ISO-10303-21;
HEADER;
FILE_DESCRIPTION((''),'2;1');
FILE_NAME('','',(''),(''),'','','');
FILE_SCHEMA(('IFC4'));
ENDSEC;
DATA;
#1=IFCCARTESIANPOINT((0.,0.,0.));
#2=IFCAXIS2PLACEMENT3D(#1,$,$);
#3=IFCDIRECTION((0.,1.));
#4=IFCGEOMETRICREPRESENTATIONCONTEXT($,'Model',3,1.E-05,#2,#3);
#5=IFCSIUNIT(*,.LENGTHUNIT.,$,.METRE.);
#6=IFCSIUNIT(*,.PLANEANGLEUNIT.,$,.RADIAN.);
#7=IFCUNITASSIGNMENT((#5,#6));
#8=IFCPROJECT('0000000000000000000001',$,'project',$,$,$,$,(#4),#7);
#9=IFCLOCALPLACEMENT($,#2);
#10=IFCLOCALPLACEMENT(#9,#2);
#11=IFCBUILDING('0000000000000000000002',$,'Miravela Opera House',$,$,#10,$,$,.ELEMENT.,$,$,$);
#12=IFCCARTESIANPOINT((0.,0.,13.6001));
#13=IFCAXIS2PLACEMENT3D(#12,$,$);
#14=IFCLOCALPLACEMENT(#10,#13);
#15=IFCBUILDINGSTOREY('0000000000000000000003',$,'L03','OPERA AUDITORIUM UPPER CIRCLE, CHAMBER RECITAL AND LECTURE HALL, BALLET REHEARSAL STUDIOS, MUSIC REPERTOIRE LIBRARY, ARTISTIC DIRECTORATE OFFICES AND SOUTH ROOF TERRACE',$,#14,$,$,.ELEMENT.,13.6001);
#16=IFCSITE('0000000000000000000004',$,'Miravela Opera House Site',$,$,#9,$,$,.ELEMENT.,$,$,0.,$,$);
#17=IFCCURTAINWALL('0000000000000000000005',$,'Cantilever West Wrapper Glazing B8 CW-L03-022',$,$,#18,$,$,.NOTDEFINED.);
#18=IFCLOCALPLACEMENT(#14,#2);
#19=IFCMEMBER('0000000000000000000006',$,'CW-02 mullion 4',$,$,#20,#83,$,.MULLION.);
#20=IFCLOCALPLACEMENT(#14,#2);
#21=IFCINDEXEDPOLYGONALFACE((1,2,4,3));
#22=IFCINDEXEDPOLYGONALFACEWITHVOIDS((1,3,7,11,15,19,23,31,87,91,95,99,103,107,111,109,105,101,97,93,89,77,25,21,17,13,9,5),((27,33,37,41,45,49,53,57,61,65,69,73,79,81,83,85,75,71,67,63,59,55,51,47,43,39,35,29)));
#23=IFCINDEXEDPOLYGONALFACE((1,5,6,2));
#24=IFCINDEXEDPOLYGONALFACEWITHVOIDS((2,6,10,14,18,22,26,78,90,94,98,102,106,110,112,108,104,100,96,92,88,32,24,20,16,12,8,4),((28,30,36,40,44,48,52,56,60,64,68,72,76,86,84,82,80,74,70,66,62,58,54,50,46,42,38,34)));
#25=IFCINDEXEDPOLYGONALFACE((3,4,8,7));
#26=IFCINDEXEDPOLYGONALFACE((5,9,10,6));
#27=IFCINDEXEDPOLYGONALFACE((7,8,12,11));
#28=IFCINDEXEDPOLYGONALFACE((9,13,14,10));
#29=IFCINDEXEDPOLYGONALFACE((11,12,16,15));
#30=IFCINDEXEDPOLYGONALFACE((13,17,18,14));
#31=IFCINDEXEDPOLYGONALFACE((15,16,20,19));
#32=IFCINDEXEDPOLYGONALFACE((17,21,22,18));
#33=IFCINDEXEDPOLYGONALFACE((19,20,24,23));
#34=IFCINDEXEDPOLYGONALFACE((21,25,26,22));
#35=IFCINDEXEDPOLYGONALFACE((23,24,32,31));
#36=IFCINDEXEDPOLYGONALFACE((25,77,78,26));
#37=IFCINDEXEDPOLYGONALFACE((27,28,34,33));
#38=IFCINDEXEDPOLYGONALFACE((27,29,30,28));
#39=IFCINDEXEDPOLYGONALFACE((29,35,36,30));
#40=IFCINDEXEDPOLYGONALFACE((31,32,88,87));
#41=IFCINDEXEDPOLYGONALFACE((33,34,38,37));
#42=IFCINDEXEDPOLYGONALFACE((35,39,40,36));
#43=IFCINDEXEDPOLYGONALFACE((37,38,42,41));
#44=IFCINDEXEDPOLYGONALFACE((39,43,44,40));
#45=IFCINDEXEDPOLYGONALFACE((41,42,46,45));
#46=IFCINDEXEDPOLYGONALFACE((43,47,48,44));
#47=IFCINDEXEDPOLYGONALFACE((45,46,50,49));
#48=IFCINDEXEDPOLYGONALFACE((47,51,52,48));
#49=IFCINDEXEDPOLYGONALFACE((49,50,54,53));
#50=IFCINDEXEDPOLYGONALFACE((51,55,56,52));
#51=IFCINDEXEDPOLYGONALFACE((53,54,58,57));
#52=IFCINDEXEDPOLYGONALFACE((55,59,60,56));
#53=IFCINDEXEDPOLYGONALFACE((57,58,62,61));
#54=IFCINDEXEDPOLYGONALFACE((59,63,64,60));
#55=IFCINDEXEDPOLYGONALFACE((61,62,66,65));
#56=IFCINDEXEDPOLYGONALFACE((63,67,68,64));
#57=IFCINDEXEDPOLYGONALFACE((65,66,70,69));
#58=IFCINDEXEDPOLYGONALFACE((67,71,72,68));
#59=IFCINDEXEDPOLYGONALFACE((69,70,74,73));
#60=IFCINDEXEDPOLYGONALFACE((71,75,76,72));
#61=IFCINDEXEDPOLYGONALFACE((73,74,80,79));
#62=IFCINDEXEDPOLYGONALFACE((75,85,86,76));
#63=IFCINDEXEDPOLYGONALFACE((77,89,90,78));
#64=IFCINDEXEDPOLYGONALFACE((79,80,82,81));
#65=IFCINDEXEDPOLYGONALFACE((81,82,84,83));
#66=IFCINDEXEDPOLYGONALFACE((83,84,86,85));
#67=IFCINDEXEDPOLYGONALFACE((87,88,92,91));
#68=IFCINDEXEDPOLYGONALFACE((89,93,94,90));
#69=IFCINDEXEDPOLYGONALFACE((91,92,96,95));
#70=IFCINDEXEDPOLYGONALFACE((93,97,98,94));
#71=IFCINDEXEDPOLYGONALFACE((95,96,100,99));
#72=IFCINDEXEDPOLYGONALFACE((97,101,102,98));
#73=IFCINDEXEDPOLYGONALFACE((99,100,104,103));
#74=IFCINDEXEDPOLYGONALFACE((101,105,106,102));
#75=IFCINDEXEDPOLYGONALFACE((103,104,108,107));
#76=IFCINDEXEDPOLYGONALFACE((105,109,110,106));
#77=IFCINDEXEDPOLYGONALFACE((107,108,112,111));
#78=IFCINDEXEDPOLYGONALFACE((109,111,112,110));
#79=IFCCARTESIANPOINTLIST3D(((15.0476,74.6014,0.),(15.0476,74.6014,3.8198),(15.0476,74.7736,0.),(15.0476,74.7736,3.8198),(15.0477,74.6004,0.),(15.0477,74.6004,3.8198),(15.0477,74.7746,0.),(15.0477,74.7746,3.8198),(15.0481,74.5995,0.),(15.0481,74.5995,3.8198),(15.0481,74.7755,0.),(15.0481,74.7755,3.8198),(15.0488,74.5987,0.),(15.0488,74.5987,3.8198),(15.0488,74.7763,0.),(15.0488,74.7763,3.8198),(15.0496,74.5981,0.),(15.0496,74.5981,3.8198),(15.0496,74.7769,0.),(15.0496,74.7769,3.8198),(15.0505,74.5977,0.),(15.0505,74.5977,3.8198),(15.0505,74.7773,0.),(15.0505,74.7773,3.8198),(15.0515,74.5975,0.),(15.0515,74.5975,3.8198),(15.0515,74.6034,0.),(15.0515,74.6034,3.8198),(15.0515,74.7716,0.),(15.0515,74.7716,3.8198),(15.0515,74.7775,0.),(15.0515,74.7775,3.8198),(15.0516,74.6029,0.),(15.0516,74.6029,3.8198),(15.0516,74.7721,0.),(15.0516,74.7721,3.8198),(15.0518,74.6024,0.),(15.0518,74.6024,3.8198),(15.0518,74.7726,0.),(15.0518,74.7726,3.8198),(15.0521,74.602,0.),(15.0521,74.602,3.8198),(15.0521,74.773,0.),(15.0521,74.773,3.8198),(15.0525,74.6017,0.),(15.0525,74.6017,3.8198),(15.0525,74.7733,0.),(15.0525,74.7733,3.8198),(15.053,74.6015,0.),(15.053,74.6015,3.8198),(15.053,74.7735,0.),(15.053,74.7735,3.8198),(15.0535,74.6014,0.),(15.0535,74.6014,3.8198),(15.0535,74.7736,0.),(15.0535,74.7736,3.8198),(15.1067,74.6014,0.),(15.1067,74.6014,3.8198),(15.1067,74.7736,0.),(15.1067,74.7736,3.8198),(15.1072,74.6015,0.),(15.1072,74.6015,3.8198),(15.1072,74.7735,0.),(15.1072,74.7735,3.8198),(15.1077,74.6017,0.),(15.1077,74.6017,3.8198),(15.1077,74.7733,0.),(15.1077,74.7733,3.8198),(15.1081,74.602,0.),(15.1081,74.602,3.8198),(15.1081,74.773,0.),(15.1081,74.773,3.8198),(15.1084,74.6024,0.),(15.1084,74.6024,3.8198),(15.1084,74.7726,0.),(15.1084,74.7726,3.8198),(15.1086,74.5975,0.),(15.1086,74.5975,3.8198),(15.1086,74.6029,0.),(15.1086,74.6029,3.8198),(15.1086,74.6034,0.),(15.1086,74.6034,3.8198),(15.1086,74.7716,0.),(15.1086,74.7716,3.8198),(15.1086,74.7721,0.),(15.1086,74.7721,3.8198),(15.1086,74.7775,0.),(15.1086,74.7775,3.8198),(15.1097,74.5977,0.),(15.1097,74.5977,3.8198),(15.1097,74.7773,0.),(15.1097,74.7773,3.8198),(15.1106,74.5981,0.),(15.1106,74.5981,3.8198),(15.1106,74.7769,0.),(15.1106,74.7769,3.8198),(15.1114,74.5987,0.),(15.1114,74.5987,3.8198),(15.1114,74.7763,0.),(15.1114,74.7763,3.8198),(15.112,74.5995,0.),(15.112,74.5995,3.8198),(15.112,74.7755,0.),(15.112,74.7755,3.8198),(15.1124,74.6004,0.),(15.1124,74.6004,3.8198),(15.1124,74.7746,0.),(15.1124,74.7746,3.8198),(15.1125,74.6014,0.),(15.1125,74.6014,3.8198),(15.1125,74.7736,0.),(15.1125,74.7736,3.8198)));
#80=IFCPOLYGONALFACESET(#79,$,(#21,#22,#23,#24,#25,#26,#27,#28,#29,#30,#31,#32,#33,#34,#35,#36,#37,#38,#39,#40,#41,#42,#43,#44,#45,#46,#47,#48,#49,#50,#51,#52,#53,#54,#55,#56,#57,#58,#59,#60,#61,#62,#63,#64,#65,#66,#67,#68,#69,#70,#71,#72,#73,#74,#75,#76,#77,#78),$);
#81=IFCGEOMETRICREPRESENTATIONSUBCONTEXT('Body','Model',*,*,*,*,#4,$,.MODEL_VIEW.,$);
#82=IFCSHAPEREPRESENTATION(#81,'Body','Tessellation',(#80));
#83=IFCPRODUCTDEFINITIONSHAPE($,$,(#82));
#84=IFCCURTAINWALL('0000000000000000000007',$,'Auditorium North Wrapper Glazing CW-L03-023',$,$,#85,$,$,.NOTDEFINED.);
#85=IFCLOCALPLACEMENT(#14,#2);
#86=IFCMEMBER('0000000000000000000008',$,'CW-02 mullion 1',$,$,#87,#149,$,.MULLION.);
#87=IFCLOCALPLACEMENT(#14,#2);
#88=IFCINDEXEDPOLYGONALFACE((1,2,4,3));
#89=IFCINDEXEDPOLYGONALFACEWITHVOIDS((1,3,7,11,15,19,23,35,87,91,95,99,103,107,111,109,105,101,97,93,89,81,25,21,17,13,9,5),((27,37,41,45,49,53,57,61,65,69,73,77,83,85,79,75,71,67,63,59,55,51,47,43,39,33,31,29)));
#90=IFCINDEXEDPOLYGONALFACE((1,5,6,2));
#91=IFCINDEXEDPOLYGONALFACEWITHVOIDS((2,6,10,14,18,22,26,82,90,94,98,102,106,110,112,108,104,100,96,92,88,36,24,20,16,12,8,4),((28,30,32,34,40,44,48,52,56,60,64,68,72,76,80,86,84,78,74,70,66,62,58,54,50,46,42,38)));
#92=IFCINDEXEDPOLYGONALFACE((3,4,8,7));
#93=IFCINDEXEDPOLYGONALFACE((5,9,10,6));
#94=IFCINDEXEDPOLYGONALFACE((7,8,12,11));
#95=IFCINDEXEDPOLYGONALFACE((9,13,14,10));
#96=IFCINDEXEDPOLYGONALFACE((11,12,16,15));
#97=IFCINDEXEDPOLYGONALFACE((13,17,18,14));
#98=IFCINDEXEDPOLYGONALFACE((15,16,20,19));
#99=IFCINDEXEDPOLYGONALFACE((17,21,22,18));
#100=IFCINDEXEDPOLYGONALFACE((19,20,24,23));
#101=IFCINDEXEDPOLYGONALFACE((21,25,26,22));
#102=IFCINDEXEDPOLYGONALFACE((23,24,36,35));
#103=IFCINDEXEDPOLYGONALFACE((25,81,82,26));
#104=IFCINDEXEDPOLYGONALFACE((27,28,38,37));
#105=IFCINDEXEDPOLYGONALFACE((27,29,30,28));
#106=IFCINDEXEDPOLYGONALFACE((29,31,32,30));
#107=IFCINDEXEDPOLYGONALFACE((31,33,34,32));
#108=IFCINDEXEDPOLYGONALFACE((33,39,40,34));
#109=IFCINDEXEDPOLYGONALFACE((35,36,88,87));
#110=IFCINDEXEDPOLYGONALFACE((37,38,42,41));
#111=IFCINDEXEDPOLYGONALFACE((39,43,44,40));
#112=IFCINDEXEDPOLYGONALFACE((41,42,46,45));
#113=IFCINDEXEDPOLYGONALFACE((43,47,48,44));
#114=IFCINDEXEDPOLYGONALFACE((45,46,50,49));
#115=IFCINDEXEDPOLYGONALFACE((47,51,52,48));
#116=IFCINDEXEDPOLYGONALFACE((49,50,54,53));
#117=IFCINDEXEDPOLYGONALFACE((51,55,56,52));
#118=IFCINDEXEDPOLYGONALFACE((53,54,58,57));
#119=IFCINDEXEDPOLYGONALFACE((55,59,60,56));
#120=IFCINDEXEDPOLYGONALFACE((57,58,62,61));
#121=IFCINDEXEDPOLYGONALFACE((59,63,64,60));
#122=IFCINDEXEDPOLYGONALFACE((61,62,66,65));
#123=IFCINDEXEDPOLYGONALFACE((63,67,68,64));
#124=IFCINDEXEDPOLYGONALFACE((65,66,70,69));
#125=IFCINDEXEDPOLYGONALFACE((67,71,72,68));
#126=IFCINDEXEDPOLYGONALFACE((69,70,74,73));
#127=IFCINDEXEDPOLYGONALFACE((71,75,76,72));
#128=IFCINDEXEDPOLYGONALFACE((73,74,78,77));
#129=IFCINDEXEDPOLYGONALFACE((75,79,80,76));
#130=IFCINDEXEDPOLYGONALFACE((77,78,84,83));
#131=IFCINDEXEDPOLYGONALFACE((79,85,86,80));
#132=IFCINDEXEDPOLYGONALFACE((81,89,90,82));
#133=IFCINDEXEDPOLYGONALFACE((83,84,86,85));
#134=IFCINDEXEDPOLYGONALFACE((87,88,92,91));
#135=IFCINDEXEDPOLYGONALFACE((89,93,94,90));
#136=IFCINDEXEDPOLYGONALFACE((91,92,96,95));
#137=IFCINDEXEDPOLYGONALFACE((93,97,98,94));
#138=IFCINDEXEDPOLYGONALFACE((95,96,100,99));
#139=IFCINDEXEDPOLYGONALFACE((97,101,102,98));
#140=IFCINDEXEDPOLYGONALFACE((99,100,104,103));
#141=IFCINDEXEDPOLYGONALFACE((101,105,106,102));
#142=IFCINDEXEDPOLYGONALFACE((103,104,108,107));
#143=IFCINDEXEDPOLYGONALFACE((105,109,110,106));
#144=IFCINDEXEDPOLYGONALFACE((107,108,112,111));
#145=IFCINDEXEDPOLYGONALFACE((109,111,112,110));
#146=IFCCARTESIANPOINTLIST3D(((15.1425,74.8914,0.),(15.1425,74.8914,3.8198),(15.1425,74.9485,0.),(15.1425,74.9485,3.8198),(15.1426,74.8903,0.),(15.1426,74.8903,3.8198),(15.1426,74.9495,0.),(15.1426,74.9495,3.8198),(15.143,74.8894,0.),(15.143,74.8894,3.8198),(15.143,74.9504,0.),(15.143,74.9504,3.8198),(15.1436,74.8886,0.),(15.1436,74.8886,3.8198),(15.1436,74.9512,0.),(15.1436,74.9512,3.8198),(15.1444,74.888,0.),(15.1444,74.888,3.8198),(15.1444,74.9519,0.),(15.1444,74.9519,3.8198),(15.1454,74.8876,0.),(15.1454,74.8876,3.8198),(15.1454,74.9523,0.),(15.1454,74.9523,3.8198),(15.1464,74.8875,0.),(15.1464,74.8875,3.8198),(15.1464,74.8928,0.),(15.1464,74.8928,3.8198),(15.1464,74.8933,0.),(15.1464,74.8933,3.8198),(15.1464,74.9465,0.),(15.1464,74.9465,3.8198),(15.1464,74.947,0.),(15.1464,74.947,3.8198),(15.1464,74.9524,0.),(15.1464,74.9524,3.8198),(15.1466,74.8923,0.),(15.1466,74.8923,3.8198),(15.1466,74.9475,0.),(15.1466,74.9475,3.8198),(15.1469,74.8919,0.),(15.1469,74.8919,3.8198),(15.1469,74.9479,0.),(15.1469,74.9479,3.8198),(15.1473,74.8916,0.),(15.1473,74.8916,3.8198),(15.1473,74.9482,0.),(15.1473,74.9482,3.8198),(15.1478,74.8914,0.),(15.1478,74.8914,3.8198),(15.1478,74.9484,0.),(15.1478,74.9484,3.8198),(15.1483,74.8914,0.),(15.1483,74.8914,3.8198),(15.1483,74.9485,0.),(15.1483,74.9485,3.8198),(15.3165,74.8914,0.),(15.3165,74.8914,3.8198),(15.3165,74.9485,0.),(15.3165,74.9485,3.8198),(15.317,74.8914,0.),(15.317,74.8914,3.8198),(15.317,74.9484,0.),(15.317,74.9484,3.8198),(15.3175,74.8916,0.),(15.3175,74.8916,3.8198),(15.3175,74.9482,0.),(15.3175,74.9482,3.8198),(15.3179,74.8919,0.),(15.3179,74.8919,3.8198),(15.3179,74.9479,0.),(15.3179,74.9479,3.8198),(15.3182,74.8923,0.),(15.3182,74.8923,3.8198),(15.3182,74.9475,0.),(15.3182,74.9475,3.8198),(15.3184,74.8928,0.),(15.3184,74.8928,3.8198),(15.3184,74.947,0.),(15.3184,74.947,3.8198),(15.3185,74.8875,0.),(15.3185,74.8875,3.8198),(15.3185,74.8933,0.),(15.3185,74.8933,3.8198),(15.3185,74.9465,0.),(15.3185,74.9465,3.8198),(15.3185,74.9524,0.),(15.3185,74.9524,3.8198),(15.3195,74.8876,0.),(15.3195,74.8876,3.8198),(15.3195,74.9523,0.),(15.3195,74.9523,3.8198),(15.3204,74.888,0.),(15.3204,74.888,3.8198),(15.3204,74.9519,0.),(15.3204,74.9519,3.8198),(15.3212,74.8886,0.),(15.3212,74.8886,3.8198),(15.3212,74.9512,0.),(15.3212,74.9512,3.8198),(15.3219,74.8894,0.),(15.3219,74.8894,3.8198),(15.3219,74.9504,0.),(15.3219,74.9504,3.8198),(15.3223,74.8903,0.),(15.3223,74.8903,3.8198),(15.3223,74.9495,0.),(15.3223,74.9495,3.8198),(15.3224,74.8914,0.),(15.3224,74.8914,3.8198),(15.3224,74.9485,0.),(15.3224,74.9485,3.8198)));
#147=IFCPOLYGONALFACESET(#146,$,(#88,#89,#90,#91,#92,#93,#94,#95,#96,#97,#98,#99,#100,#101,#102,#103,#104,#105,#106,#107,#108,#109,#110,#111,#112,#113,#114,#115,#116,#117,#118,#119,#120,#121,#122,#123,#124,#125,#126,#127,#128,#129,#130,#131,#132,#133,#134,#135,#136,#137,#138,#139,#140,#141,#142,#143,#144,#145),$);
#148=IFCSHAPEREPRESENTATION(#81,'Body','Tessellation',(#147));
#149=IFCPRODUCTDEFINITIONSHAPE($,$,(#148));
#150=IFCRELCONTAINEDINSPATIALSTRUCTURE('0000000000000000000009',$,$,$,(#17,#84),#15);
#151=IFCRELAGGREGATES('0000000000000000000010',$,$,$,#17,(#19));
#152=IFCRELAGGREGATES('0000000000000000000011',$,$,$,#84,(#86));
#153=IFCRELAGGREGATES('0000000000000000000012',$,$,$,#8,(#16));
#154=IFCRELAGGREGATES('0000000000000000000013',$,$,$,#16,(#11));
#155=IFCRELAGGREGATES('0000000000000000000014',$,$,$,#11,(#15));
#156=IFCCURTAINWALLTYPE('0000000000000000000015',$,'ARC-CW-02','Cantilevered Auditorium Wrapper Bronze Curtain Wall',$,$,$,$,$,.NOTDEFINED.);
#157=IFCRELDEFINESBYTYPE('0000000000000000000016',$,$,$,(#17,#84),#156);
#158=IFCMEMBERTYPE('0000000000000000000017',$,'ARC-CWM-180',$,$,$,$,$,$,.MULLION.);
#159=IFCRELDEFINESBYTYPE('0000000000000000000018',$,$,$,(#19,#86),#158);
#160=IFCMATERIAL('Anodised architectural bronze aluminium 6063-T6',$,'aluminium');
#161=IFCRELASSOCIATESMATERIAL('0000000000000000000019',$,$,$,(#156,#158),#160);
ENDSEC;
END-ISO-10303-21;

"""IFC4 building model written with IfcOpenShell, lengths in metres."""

from ifc_helpers import new_model, si_unit, direction, frame, origin, origin_2d, place, context, subcontext, project, spatial, hollow_rectangle, extrude, material, material_profile, profile_set, type_object, element, aggregate, save


model = new_model("IFC4")

# Units and contexts
model_context = context("Model", 3, precision=1e-05, world=origin(), true_north=direction((0.0, 1.0)))
body_context = subcontext(model_context, "Body", "Model", "MODEL_VIEW")
ifc_project = project(units=[si_unit("LENGTHUNIT", "METRE"), si_unit("PLANEANGLEUNIT", "RADIAN")], contexts=[model_context])

# Site, building, storey
site_placement = place(None, origin())
site = spatial("IfcSite", under=ifc_project, at=site_placement, Name="Miravela Opera House Site", CompositionType="ELEMENT", RefElevation=0.0)
building_placement = place(site_placement, origin())
building = spatial("IfcBuilding", under=site, at=building_placement, Name="Miravela Opera House", CompositionType="ELEMENT")
storey_placement = place(building_placement, frame((0.0, 0.0, 13.6001)))
storey = spatial("IfcBuildingStorey", under=building, at=storey_placement, Name="L03", Description="OPERA AUDITORIUM UPPER CIRCLE, CHAMBER RECITAL AND LECTURE HALL, BALLET REHEARSAL STUDIOS, MUSIC REPERTOIRE LIBRARY, ARTISTIC DIRECTORATE OFFICES AND SOUTH ROOF TERRACE", CompositionType="ELEMENT", Elevation=13.6001)

# Curtain walls, members
ifc_material_1 = material(Name="Anodised architectural bronze aluminium 6063-T6", Category="aluminium")
curtain_wall_type = type_object("IfcCurtainWallType", Name="ARC-CW-02", Description="Cantilevered Auditorium Wrapper Bronze Curtain Wall", PredefinedType="NOTDEFINED", material=ifc_material_1)
curtain_wall_1_placement = place(storey_placement, origin())
curtain_wall_1 = element("IfcCurtainWall", 1, at=curtain_wall_1_placement, inside=storey, type_object=curtain_wall_type, Name="Cantilever West Wrapper Glazing B8 CW-L03-022", PredefinedType="NOTDEFINED")
ifc_material_profile_1 = material_profile(ifc_material_1, hollow_rectangle(XDim=0.0649, YDim=0.1799, WallThickness=0.0039, InnerFilletRadius=0.002, OuterFilletRadius=0.0039, at=origin_2d()), Name="CWM-65X180")
ifc_profile_set_1 = profile_set([ifc_material_profile_1])
member_type_1 = type_object("IfcMemberType", Name="ARC-CWM-180", PredefinedType="MULLION", material=ifc_profile_set_1)
member_1_placement = place(storey_placement, frame((15.0801, 74.6875, 0.0), z_axis=(0.0, 0.0, 1.0), x_axis=(-1.0, 0.0, 0.0)))
member_1 = element("IfcMember", 2, at=member_1_placement, type_object=member_type_1, Name="CW-02 mullion 4", PredefinedType="MULLION", context=body_context, shape_type="SweptSolid", body=[
    extrude(hollow_rectangle(XDim=0.0649, YDim=0.1799, WallThickness=0.0039, InnerFilletRadius=0.002, OuterFilletRadius=0.0039, at=origin_2d()), origin(), (0.0, 0.0, 1.0), 3.8198),
])
curtain_wall_2_placement = place(storey_placement, origin())
curtain_wall_2 = element("IfcCurtainWall", 3, at=curtain_wall_2_placement, inside=storey, type_object=curtain_wall_type, Name="Auditorium North Wrapper Glazing CW-L03-023", PredefinedType="NOTDEFINED")
member_2_placement = place(storey_placement, frame((15.2324, 74.9199, 0.0), z_axis=(0.0, 0.0, 1.0), x_axis=(0.0, 1.0, 0.0)))
member_2 = element("IfcMember", 4, at=member_2_placement, type_object=member_type_1, Name="CW-02 mullion 1", PredefinedType="MULLION", context=body_context, shape_type="SweptSolid", body=[
    extrude(hollow_rectangle(XDim=0.0649, YDim=0.1799, WallThickness=0.0039, InnerFilletRadius=0.002, OuterFilletRadius=0.0039, at=origin_2d()), origin(), (0.0, 0.0, 1.0), 3.8198),
])

aggregate(curtain_wall_1, [member_1])
aggregate(curtain_wall_2, [member_2])

save(model, "model.ifc")
